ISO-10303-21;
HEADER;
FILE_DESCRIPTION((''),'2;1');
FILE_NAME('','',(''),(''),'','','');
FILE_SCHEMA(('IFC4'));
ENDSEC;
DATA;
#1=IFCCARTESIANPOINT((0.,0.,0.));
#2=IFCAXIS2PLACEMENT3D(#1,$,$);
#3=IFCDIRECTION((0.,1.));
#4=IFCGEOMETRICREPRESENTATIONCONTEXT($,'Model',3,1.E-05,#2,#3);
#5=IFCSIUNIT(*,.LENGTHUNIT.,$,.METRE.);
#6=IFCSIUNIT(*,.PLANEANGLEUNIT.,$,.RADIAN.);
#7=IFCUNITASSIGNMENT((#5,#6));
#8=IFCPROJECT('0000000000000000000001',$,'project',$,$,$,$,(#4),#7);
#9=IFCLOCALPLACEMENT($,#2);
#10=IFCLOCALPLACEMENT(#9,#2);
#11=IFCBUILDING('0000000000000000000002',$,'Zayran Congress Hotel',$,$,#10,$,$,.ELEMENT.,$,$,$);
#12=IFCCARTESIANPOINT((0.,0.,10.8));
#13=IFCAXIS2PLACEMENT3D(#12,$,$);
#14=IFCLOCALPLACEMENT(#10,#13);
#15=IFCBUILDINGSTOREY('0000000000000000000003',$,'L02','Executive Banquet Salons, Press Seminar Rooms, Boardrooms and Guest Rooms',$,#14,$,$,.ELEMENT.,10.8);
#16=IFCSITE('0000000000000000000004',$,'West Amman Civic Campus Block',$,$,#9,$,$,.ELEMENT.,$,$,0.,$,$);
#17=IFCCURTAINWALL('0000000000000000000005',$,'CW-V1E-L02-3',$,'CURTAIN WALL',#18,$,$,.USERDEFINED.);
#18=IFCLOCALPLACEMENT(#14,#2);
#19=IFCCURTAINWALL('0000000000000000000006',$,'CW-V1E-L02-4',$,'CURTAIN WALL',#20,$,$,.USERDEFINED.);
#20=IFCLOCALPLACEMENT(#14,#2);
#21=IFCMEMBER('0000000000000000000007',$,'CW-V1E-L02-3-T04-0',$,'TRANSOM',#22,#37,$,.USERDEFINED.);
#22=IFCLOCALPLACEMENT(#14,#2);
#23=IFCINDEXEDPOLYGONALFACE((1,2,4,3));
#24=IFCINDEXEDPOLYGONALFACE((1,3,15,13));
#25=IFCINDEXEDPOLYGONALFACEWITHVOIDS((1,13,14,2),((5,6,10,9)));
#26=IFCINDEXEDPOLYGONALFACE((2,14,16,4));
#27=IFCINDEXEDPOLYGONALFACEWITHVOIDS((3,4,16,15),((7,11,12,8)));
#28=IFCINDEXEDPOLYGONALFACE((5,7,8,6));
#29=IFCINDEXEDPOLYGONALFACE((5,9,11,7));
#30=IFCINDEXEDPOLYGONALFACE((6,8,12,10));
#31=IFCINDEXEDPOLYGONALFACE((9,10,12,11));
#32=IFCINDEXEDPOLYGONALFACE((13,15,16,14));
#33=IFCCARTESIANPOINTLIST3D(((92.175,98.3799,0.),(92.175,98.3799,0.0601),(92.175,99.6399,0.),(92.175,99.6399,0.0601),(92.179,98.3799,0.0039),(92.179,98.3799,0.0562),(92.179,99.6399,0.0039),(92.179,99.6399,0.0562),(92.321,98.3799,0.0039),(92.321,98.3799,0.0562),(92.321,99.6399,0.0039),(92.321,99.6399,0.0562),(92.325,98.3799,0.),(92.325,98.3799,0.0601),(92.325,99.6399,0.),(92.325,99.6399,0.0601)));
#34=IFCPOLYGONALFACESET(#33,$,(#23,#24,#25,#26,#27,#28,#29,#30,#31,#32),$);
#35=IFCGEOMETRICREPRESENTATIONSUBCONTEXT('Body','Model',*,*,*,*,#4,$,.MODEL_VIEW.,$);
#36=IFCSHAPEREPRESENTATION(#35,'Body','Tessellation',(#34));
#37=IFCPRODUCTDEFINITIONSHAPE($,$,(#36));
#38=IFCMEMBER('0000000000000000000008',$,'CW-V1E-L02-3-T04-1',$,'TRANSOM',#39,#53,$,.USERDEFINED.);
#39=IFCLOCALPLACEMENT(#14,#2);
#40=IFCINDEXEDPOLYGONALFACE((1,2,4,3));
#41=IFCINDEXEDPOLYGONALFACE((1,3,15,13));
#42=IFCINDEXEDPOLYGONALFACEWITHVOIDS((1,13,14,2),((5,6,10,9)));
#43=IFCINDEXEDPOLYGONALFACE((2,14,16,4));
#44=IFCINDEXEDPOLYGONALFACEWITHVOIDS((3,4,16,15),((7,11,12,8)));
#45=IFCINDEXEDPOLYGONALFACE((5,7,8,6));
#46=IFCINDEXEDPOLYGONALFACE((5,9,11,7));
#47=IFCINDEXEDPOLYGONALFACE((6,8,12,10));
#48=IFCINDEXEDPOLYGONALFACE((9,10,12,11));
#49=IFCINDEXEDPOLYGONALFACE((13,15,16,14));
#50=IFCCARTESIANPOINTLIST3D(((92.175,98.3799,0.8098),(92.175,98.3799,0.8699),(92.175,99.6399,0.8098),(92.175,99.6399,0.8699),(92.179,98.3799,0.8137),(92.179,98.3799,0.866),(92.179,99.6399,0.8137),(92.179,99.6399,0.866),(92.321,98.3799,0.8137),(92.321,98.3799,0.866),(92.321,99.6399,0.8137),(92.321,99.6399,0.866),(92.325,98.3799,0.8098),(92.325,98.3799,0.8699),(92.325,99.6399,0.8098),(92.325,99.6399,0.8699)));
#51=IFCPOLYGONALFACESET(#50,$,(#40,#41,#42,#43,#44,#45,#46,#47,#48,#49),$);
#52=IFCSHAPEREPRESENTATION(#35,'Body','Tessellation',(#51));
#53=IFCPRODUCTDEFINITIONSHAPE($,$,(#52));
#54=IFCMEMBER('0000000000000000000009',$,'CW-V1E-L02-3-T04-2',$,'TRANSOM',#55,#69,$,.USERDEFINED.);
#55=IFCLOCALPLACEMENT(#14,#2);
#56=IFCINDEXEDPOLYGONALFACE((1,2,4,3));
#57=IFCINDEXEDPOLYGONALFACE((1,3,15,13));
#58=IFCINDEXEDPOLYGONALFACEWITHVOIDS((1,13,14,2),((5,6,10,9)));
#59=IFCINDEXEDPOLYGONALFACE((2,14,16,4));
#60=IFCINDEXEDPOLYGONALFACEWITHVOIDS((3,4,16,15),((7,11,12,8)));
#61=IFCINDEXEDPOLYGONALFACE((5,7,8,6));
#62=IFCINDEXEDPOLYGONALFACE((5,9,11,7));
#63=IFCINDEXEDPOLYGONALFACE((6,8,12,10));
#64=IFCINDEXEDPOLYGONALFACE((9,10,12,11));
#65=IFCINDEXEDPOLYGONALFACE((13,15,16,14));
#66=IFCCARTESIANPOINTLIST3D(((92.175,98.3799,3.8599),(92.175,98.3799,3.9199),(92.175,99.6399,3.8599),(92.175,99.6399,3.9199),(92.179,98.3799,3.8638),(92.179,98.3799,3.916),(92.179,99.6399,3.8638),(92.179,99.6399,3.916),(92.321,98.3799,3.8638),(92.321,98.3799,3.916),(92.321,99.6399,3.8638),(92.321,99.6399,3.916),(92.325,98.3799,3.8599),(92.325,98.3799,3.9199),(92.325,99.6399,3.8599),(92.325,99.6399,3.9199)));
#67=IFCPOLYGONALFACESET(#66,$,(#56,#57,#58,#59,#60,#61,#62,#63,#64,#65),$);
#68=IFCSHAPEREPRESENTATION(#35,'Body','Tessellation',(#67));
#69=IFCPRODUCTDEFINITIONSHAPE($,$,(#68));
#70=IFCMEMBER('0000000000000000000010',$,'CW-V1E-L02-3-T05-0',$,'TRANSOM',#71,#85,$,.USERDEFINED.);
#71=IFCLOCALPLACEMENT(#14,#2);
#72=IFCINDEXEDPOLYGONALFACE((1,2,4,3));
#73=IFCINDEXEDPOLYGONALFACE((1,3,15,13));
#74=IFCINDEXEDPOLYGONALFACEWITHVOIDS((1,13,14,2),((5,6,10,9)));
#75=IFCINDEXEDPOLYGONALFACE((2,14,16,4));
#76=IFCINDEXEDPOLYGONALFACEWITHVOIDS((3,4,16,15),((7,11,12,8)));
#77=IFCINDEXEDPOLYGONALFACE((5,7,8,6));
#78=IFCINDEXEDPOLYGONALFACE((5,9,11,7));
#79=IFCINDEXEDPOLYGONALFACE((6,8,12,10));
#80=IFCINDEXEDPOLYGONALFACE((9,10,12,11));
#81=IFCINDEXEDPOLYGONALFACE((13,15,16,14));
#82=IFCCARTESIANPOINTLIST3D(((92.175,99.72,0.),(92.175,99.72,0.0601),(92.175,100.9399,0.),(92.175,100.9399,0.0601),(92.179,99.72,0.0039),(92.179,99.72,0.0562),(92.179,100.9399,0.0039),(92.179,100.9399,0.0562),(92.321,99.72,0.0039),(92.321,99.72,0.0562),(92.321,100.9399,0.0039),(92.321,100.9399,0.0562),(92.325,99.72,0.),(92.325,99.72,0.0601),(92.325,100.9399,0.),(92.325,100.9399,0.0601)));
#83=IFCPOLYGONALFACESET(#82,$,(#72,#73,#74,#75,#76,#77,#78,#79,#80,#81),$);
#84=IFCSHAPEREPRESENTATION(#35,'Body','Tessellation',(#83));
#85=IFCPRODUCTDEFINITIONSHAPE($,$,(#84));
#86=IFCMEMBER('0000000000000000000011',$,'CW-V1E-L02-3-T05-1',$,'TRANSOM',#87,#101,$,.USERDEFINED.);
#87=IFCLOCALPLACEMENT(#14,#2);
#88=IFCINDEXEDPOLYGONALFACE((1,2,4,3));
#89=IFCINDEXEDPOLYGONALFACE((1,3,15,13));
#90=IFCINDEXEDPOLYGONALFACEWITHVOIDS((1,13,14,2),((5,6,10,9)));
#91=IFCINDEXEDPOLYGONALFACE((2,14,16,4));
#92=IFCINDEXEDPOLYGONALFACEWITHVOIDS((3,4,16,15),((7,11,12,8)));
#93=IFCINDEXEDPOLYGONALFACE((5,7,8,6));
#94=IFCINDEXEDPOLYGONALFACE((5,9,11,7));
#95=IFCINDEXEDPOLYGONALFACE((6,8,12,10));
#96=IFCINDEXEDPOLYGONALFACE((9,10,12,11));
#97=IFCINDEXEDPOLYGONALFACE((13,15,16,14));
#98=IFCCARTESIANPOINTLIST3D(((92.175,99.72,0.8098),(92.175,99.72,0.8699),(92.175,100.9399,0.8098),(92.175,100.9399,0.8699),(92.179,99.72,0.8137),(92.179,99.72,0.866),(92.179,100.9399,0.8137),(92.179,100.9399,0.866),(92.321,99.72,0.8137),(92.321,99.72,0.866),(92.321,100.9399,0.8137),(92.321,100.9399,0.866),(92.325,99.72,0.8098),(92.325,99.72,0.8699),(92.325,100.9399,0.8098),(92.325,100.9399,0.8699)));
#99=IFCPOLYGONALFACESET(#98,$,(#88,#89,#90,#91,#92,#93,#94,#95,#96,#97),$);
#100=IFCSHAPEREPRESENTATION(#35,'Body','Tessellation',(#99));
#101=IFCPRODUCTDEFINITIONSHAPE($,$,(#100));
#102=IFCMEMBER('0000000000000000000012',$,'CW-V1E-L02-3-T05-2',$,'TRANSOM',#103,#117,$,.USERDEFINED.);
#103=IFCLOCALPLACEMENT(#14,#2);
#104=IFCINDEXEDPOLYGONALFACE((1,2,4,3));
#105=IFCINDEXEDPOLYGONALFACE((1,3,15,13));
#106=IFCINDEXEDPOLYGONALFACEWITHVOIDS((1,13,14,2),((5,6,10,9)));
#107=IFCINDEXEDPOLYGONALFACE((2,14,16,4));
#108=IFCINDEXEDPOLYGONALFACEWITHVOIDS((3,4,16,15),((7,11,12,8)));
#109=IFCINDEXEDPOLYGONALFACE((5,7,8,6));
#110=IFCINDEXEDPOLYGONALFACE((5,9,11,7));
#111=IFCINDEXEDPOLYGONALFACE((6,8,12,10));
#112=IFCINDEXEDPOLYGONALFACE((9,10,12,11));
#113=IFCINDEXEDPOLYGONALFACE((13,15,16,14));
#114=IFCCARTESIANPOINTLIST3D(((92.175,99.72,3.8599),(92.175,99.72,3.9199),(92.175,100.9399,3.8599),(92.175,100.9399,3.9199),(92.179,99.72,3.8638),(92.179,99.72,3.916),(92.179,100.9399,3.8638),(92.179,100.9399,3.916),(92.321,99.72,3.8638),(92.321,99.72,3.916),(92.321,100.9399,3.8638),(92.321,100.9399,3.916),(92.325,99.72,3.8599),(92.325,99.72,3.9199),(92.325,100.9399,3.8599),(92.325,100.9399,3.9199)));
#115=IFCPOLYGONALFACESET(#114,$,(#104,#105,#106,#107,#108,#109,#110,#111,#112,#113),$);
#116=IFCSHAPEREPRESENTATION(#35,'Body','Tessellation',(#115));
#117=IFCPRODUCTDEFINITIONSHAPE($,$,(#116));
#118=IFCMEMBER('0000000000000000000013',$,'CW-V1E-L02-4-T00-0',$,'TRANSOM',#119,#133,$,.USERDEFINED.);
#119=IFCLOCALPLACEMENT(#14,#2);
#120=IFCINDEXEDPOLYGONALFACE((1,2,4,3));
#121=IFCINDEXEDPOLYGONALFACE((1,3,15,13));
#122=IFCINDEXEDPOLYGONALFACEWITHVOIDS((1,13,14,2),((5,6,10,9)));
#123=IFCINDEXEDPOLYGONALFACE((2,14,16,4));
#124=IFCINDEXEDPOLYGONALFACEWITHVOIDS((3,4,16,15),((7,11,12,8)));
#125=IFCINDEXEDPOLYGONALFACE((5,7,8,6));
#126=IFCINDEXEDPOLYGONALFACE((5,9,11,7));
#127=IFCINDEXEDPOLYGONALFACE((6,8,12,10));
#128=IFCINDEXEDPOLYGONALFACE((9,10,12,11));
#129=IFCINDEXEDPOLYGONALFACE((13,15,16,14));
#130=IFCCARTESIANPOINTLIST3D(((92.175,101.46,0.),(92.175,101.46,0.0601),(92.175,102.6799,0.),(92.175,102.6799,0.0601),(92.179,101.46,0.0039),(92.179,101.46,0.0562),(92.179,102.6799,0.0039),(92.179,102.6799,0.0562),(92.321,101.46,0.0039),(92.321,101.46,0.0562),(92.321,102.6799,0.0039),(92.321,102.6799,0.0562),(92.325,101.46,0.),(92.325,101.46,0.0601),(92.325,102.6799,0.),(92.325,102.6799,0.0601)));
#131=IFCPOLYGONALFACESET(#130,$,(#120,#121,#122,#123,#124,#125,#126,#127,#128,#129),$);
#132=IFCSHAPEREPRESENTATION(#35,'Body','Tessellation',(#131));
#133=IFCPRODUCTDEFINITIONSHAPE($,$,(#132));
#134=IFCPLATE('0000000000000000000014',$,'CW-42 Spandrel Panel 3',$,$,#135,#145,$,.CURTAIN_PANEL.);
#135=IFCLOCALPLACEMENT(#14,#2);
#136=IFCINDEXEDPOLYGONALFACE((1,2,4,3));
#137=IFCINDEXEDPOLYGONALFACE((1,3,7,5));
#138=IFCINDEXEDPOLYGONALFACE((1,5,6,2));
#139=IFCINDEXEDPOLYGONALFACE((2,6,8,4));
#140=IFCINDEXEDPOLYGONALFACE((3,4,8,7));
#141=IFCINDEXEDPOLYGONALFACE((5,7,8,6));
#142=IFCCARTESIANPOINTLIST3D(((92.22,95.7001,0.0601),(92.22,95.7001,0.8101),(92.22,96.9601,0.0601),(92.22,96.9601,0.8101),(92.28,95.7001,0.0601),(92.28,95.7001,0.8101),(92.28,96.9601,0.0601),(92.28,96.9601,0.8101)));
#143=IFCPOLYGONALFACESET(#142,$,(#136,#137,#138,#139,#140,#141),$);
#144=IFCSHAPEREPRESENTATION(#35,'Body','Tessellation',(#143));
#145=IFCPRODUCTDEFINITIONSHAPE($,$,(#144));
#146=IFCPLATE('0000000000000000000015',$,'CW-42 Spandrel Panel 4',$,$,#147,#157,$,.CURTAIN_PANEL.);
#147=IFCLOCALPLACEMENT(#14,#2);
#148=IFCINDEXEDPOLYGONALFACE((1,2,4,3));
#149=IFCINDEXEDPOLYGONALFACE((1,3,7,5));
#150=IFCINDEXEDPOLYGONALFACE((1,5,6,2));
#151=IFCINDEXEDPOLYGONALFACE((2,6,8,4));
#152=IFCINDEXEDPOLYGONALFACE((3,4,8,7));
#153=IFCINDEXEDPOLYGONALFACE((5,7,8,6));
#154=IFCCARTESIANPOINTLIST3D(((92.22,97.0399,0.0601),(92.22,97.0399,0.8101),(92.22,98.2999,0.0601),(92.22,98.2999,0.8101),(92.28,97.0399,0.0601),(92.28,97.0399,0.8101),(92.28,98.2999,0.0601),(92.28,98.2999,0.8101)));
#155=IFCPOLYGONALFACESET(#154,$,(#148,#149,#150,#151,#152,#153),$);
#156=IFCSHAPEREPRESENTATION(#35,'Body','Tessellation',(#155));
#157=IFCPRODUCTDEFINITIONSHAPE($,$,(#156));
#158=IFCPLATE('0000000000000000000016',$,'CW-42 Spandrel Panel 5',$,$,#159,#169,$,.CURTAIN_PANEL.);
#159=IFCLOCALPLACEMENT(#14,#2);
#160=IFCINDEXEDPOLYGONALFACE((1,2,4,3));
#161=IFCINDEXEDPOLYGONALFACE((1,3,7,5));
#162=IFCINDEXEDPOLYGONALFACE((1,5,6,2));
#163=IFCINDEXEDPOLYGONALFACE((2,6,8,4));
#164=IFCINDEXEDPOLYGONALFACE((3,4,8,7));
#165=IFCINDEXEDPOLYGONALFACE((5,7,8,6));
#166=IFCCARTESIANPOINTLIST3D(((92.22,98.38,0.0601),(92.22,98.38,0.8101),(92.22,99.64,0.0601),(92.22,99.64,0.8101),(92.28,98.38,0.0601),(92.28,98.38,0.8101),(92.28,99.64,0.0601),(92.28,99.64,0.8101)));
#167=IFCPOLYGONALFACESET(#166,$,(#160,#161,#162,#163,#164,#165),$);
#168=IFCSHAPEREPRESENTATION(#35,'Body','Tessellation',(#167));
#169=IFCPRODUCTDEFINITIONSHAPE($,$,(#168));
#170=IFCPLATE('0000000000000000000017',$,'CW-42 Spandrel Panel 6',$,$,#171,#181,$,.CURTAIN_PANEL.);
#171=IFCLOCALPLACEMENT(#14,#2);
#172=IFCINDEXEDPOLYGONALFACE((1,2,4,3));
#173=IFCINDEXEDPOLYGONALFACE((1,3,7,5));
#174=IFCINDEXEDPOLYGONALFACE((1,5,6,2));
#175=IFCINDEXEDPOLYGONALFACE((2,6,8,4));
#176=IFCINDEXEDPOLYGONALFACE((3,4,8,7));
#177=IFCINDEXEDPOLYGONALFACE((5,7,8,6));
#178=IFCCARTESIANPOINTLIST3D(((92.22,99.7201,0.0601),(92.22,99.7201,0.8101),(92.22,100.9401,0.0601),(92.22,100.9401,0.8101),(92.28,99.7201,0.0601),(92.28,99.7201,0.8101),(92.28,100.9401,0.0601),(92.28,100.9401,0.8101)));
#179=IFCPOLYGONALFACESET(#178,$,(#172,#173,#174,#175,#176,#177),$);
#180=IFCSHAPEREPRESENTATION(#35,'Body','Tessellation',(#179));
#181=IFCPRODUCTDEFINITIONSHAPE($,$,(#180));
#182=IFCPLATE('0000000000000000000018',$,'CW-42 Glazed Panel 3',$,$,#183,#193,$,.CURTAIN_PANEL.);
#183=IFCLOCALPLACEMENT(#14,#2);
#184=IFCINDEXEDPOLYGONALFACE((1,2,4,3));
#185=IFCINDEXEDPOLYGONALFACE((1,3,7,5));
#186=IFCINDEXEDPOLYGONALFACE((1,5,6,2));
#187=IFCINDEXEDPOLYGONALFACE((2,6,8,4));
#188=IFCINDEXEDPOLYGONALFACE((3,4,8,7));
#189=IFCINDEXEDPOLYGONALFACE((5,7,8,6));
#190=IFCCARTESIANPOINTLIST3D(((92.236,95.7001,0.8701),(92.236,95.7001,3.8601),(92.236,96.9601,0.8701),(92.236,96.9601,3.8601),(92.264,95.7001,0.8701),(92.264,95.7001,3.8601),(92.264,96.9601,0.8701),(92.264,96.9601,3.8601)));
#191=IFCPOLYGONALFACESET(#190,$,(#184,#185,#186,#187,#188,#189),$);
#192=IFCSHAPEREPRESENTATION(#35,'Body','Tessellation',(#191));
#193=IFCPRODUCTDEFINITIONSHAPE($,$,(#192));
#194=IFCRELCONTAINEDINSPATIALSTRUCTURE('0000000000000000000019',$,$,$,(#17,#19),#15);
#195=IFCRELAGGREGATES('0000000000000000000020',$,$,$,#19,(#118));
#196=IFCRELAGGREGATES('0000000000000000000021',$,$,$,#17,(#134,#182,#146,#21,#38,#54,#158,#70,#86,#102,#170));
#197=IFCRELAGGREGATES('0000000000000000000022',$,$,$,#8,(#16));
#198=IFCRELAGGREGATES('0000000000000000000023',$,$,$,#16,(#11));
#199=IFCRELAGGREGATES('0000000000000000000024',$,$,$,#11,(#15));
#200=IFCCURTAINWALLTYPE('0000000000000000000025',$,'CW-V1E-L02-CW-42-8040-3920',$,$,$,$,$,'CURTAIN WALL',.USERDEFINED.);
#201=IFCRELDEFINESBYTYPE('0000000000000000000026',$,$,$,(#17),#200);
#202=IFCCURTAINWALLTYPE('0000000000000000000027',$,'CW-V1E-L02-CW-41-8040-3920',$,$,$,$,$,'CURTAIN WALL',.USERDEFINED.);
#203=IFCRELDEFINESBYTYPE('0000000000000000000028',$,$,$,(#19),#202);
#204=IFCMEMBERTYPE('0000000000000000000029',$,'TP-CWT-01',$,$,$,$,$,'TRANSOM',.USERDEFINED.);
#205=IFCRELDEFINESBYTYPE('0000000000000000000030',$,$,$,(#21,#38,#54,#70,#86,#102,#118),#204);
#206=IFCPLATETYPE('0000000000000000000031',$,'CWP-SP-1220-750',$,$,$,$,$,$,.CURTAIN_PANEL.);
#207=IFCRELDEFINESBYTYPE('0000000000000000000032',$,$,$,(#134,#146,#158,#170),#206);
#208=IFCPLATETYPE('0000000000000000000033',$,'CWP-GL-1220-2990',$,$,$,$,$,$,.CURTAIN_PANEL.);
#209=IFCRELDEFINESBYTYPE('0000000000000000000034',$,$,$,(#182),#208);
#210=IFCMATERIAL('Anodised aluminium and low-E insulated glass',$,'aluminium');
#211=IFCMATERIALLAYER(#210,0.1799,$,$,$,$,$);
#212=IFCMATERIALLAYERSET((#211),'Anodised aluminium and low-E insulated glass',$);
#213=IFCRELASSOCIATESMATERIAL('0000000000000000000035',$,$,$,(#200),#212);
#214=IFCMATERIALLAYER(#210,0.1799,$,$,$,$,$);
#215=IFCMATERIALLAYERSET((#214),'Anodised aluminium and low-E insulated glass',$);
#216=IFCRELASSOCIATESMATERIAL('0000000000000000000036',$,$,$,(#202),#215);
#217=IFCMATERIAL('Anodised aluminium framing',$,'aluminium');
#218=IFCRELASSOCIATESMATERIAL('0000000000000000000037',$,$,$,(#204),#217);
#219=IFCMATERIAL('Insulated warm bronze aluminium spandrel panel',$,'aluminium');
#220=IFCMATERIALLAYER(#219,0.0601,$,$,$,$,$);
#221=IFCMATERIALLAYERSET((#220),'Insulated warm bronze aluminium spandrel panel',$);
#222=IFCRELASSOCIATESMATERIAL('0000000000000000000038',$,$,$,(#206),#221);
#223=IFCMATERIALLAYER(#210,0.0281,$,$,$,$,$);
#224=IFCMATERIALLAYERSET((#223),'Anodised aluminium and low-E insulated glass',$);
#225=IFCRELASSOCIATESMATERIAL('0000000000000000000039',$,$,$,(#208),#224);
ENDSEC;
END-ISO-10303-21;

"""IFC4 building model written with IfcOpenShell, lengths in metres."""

from ifc_helpers import new_model, si_unit, direction, frame, origin, origin_2d, place, context, subcontext, project, spatial, rectangle, hollow_rectangle, extrude, material, layer, layer_set, material_profile, profile_set, type_object, element, aggregate, save


model = new_model("IFC4")

# Units and contexts
model_context = context("Model", 3, precision=1e-05, world=origin(), true_north=direction((0.0, 1.0)))
body_context = subcontext(model_context, "Body", "Model", "MODEL_VIEW")
ifc_project = project(units=[si_unit("LENGTHUNIT", "METRE"), si_unit("PLANEANGLEUNIT", "RADIAN")], contexts=[model_context])

# Site, building, storey
site_placement = place(None, origin())
site = spatial("IfcSite", under=ifc_project, at=site_placement, Name="West Amman Civic Campus Block", CompositionType="ELEMENT", RefElevation=0.0)
building_placement = place(site_placement, origin())
building = spatial("IfcBuilding", under=site, at=building_placement, Name="Zayran Congress Hotel", CompositionType="ELEMENT")
storey_placement = place(building_placement, frame((0.0, 0.0, 10.8)))
storey = spatial("IfcBuildingStorey", under=building, at=storey_placement, Name="L02", Description="Executive Banquet Salons, Press Seminar Rooms, Boardrooms and Guest Rooms", CompositionType="ELEMENT", Elevation=10.8)

# Curtain wall
ifc_material_1 = material(Name="Anodised aluminium and low-E insulated glass", Category="aluminium")
ifc_layer_1 = layer(ifc_material_1, 0.1799)
ifc_layer_set_1 = layer_set([ifc_layer_1], Name="Anodised aluminium and low-E insulated glass")
curtain_wall_type_1 = type_object("IfcCurtainWallType", Name="CW-V1E-L02-CW-42-8040-3920", ElementType="CURTAIN WALL", PredefinedType="USERDEFINED", material=ifc_layer_set_1)
curtain_wall_1_placement = place(storey_placement, origin())
curtain_wall_1 = element("IfcCurtainWall", 1, at=curtain_wall_1_placement, inside=storey, type_object=curtain_wall_type_1, Name="CW-V1E-L02-3", ObjectType="CURTAIN WALL", PredefinedType="USERDEFINED")
ifc_material_2 = material(Name="Anodised aluminium framing", Category="aluminium")

# Curtain wall
ifc_layer_2 = layer(ifc_material_1, 0.1799)
ifc_layer_set_2 = layer_set([ifc_layer_2], Name="Anodised aluminium and low-E insulated glass")
curtain_wall_type_2 = type_object("IfcCurtainWallType", Name="CW-V1E-L02-CW-41-8040-3920", ElementType="CURTAIN WALL", PredefinedType="USERDEFINED", material=ifc_layer_set_2)
curtain_wall_2_placement = place(storey_placement, origin())
curtain_wall_2 = element("IfcCurtainWall", 2, at=curtain_wall_2_placement, inside=storey, type_object=curtain_wall_type_2, Name="CW-V1E-L02-4", ObjectType="CURTAIN WALL", PredefinedType="USERDEFINED")

# Members
ifc_material_profile_1 = material_profile(ifc_material_2, hollow_rectangle(XDim=0.0601, YDim=0.1499, WallThickness=0.0039, at=origin_2d()), Name="RHS 150x60x4")
ifc_profile_set_1 = profile_set([ifc_material_profile_1], Name="Anodised aluminium framing")
member_type_1 = type_object("IfcMemberType", Name="TP-CWT-01", ElementType="TRANSOM", PredefinedType="USERDEFINED", material=ifc_profile_set_1)
member_1_placement = place(storey_placement, frame((92.25, 98.3799, 0.03), z_axis=(0.0, 1.0, 0.0), x_axis=(0.0, 0.0, 1.0)))
member_1 = element("IfcMember", 3, at=member_1_placement, type_object=member_type_1, Name="CW-V1E-L02-3-T04-0", ObjectType="TRANSOM", PredefinedType="USERDEFINED", context=body_context, shape_type="SweptSolid", body=[
    extrude(hollow_rectangle(XDim=0.0601, YDim=0.1499, WallThickness=0.0039, at=origin_2d()), origin(), (0.0, 0.0, 1.0), 1.26),
])
member_2_placement = place(storey_placement, frame((92.25, 98.3799, 0.8398), z_axis=(0.0, 1.0, 0.0), x_axis=(0.0, 0.0, 1.0)))
member_2 = element("IfcMember", 4, at=member_2_placement, type_object=member_type_1, Name="CW-V1E-L02-3-T04-1", ObjectType="TRANSOM", PredefinedType="USERDEFINED", context=body_context, shape_type="SweptSolid", body=[
    extrude(hollow_rectangle(XDim=0.0601, YDim=0.1499, WallThickness=0.0039, at=origin_2d()), origin(), (0.0, 0.0, 1.0), 1.26),
])
member_3_placement = place(storey_placement, frame((92.25, 98.3799, 3.8899), z_axis=(0.0, 1.0, 0.0), x_axis=(0.0, 0.0, 1.0)))
member_3 = element("IfcMember", 5, at=member_3_placement, type_object=member_type_1, Name="CW-V1E-L02-3-T04-2", ObjectType="TRANSOM", PredefinedType="USERDEFINED", context=body_context, shape_type="SweptSolid", body=[
    extrude(hollow_rectangle(XDim=0.0601, YDim=0.1499, WallThickness=0.0039, at=origin_2d()), origin(), (0.0, 0.0, 1.0), 1.26),
])
member_4_placement = place(storey_placement, frame((92.25, 99.72, 0.03), z_axis=(0.0, 1.0, 0.0), x_axis=(0.0, 0.0, 1.0)))
member_4 = element("IfcMember", 6, at=member_4_placement, type_object=member_type_1, Name="CW-V1E-L02-3-T05-0", ObjectType="TRANSOM", PredefinedType="USERDEFINED", context=body_context, shape_type="SweptSolid", body=[
    extrude(hollow_rectangle(XDim=0.0601, YDim=0.1499, WallThickness=0.0039, at=origin_2d()), origin(), (0.0, 0.0, 1.0), 1.22),
])
member_5_placement = place(storey_placement, frame((92.25, 99.72, 0.8398), z_axis=(0.0, 1.0, 0.0), x_axis=(0.0, 0.0, 1.0)))
member_5 = element("IfcMember", 7, at=member_5_placement, type_object=member_type_1, Name="CW-V1E-L02-3-T05-1", ObjectType="TRANSOM", PredefinedType="USERDEFINED", context=body_context, shape_type="SweptSolid", body=[
    extrude(hollow_rectangle(XDim=0.0601, YDim=0.1499, WallThickness=0.0039, at=origin_2d()), origin(), (0.0, 0.0, 1.0), 1.22),
])
member_6_placement = place(storey_placement, frame((92.25, 99.72, 3.8899), z_axis=(0.0, 1.0, 0.0), x_axis=(0.0, 0.0, 1.0)))
member_6 = element("IfcMember", 8, at=member_6_placement, type_object=member_type_1, Name="CW-V1E-L02-3-T05-2", ObjectType="TRANSOM", PredefinedType="USERDEFINED", context=body_context, shape_type="SweptSolid", body=[
    extrude(hollow_rectangle(XDim=0.0601, YDim=0.1499, WallThickness=0.0039, at=origin_2d()), origin(), (0.0, 0.0, 1.0), 1.22),
])
member_7_placement = place(storey_placement, frame((92.25, 101.46, 0.03), z_axis=(0.0, 1.0, 0.0), x_axis=(0.0, 0.0, 1.0)))
member_7 = element("IfcMember", 9, at=member_7_placement, type_object=member_type_1, Name="CW-V1E-L02-4-T00-0", ObjectType="TRANSOM", PredefinedType="USERDEFINED", context=body_context, shape_type="SweptSolid", body=[
    extrude(hollow_rectangle(XDim=0.0601, YDim=0.1499, WallThickness=0.0039, at=origin_2d()), origin(), (0.0, 0.0, 1.0), 1.22),
])
aggregate(curtain_wall_2, [member_7])

# Plates
ifc_material_3 = material(Name="Insulated warm bronze aluminium spandrel panel", Category="aluminium")
ifc_layer_3 = layer(ifc_material_3, 0.0601)
ifc_layer_set_3 = layer_set([ifc_layer_3], Name="Insulated warm bronze aluminium spandrel panel")
plate_type_1 = type_object("IfcPlateType", Name="CWP-SP-1220-750", PredefinedType="CURTAIN_PANEL", material=ifc_layer_set_3)
plate_1_placement = place(storey_placement, frame((92.25, 96.3301, 0.0601), z_axis=(0.0, 0.0, 1.0), x_axis=(0.0, 1.0, 0.0)))
plate_1 = element("IfcPlate", 10, at=plate_1_placement, type_object=plate_type_1, Name="CW-42 Spandrel Panel 3", PredefinedType="CURTAIN_PANEL", context=body_context, shape_type="SweptSolid", body=[
    extrude(rectangle(XDim=1.26, YDim=0.0601, at=origin_2d()), origin(), (0.0, 0.0, 1.0), 0.75),
])
plate_2_placement = place(storey_placement, frame((92.25, 97.6699, 0.0601), z_axis=(0.0, 0.0, 1.0), x_axis=(0.0, 1.0, 0.0)))
plate_2 = element("IfcPlate", 11, at=plate_2_placement, type_object=plate_type_1, Name="CW-42 Spandrel Panel 4", PredefinedType="CURTAIN_PANEL", context=body_context, shape_type="SweptSolid", body=[
    extrude(rectangle(XDim=1.26, YDim=0.0601, at=origin_2d()), origin(), (0.0, 0.0, 1.0), 0.75),
])
plate_3_placement = place(storey_placement, frame((92.25, 99.01, 0.0601), z_axis=(0.0, 0.0, 1.0), x_axis=(0.0, 1.0, 0.0)))
plate_3 = element("IfcPlate", 12, at=plate_3_placement, type_object=plate_type_1, Name="CW-42 Spandrel Panel 5", PredefinedType="CURTAIN_PANEL", context=body_context, shape_type="SweptSolid", body=[
    extrude(rectangle(XDim=1.26, YDim=0.0601, at=origin_2d()), origin(), (0.0, 0.0, 1.0), 0.75),
])
plate_4_placement = place(storey_placement, frame((92.25, 100.3301, 0.0601), z_axis=(0.0, 0.0, 1.0), x_axis=(0.0, 1.0, 0.0)))
plate_4 = element("IfcPlate", 13, at=plate_4_placement, type_object=plate_type_1, Name="CW-42 Spandrel Panel 6", PredefinedType="CURTAIN_PANEL", context=body_context, shape_type="SweptSolid", body=[
    extrude(rectangle(XDim=1.22, YDim=0.0601, at=origin_2d()), origin(), (0.0, 0.0, 1.0), 0.75),
])
ifc_layer_4 = layer(ifc_material_1, 0.0281)
ifc_layer_set_4 = layer_set([ifc_layer_4], Name="Anodised aluminium and low-E insulated glass")
plate_type_2 = type_object("IfcPlateType", Name="CWP-GL-1220-2990", PredefinedType="CURTAIN_PANEL", material=ifc_layer_set_4)
plate_5_placement = place(storey_placement, frame((92.25, 96.3301, 0.8701), z_axis=(0.0, 0.0, 1.0), x_axis=(0.0, 1.0, 0.0)))
plate_5 = element("IfcPlate", 14, at=plate_5_placement, type_object=plate_type_2, Name="CW-42 Glazed Panel 3", PredefinedType="CURTAIN_PANEL", context=body_context, shape_type="SweptSolid", body=[
    extrude(rectangle(XDim=1.26, YDim=0.0281, at=origin_2d()), origin(), (0.0, 0.0, 1.0), 2.99),
])
aggregate(curtain_wall_1, [plate_1, plate_5, plate_2, member_1, member_2, member_3, plate_3, member_4, member_5, member_6, plate_4])

save(model, "model.ifc")
